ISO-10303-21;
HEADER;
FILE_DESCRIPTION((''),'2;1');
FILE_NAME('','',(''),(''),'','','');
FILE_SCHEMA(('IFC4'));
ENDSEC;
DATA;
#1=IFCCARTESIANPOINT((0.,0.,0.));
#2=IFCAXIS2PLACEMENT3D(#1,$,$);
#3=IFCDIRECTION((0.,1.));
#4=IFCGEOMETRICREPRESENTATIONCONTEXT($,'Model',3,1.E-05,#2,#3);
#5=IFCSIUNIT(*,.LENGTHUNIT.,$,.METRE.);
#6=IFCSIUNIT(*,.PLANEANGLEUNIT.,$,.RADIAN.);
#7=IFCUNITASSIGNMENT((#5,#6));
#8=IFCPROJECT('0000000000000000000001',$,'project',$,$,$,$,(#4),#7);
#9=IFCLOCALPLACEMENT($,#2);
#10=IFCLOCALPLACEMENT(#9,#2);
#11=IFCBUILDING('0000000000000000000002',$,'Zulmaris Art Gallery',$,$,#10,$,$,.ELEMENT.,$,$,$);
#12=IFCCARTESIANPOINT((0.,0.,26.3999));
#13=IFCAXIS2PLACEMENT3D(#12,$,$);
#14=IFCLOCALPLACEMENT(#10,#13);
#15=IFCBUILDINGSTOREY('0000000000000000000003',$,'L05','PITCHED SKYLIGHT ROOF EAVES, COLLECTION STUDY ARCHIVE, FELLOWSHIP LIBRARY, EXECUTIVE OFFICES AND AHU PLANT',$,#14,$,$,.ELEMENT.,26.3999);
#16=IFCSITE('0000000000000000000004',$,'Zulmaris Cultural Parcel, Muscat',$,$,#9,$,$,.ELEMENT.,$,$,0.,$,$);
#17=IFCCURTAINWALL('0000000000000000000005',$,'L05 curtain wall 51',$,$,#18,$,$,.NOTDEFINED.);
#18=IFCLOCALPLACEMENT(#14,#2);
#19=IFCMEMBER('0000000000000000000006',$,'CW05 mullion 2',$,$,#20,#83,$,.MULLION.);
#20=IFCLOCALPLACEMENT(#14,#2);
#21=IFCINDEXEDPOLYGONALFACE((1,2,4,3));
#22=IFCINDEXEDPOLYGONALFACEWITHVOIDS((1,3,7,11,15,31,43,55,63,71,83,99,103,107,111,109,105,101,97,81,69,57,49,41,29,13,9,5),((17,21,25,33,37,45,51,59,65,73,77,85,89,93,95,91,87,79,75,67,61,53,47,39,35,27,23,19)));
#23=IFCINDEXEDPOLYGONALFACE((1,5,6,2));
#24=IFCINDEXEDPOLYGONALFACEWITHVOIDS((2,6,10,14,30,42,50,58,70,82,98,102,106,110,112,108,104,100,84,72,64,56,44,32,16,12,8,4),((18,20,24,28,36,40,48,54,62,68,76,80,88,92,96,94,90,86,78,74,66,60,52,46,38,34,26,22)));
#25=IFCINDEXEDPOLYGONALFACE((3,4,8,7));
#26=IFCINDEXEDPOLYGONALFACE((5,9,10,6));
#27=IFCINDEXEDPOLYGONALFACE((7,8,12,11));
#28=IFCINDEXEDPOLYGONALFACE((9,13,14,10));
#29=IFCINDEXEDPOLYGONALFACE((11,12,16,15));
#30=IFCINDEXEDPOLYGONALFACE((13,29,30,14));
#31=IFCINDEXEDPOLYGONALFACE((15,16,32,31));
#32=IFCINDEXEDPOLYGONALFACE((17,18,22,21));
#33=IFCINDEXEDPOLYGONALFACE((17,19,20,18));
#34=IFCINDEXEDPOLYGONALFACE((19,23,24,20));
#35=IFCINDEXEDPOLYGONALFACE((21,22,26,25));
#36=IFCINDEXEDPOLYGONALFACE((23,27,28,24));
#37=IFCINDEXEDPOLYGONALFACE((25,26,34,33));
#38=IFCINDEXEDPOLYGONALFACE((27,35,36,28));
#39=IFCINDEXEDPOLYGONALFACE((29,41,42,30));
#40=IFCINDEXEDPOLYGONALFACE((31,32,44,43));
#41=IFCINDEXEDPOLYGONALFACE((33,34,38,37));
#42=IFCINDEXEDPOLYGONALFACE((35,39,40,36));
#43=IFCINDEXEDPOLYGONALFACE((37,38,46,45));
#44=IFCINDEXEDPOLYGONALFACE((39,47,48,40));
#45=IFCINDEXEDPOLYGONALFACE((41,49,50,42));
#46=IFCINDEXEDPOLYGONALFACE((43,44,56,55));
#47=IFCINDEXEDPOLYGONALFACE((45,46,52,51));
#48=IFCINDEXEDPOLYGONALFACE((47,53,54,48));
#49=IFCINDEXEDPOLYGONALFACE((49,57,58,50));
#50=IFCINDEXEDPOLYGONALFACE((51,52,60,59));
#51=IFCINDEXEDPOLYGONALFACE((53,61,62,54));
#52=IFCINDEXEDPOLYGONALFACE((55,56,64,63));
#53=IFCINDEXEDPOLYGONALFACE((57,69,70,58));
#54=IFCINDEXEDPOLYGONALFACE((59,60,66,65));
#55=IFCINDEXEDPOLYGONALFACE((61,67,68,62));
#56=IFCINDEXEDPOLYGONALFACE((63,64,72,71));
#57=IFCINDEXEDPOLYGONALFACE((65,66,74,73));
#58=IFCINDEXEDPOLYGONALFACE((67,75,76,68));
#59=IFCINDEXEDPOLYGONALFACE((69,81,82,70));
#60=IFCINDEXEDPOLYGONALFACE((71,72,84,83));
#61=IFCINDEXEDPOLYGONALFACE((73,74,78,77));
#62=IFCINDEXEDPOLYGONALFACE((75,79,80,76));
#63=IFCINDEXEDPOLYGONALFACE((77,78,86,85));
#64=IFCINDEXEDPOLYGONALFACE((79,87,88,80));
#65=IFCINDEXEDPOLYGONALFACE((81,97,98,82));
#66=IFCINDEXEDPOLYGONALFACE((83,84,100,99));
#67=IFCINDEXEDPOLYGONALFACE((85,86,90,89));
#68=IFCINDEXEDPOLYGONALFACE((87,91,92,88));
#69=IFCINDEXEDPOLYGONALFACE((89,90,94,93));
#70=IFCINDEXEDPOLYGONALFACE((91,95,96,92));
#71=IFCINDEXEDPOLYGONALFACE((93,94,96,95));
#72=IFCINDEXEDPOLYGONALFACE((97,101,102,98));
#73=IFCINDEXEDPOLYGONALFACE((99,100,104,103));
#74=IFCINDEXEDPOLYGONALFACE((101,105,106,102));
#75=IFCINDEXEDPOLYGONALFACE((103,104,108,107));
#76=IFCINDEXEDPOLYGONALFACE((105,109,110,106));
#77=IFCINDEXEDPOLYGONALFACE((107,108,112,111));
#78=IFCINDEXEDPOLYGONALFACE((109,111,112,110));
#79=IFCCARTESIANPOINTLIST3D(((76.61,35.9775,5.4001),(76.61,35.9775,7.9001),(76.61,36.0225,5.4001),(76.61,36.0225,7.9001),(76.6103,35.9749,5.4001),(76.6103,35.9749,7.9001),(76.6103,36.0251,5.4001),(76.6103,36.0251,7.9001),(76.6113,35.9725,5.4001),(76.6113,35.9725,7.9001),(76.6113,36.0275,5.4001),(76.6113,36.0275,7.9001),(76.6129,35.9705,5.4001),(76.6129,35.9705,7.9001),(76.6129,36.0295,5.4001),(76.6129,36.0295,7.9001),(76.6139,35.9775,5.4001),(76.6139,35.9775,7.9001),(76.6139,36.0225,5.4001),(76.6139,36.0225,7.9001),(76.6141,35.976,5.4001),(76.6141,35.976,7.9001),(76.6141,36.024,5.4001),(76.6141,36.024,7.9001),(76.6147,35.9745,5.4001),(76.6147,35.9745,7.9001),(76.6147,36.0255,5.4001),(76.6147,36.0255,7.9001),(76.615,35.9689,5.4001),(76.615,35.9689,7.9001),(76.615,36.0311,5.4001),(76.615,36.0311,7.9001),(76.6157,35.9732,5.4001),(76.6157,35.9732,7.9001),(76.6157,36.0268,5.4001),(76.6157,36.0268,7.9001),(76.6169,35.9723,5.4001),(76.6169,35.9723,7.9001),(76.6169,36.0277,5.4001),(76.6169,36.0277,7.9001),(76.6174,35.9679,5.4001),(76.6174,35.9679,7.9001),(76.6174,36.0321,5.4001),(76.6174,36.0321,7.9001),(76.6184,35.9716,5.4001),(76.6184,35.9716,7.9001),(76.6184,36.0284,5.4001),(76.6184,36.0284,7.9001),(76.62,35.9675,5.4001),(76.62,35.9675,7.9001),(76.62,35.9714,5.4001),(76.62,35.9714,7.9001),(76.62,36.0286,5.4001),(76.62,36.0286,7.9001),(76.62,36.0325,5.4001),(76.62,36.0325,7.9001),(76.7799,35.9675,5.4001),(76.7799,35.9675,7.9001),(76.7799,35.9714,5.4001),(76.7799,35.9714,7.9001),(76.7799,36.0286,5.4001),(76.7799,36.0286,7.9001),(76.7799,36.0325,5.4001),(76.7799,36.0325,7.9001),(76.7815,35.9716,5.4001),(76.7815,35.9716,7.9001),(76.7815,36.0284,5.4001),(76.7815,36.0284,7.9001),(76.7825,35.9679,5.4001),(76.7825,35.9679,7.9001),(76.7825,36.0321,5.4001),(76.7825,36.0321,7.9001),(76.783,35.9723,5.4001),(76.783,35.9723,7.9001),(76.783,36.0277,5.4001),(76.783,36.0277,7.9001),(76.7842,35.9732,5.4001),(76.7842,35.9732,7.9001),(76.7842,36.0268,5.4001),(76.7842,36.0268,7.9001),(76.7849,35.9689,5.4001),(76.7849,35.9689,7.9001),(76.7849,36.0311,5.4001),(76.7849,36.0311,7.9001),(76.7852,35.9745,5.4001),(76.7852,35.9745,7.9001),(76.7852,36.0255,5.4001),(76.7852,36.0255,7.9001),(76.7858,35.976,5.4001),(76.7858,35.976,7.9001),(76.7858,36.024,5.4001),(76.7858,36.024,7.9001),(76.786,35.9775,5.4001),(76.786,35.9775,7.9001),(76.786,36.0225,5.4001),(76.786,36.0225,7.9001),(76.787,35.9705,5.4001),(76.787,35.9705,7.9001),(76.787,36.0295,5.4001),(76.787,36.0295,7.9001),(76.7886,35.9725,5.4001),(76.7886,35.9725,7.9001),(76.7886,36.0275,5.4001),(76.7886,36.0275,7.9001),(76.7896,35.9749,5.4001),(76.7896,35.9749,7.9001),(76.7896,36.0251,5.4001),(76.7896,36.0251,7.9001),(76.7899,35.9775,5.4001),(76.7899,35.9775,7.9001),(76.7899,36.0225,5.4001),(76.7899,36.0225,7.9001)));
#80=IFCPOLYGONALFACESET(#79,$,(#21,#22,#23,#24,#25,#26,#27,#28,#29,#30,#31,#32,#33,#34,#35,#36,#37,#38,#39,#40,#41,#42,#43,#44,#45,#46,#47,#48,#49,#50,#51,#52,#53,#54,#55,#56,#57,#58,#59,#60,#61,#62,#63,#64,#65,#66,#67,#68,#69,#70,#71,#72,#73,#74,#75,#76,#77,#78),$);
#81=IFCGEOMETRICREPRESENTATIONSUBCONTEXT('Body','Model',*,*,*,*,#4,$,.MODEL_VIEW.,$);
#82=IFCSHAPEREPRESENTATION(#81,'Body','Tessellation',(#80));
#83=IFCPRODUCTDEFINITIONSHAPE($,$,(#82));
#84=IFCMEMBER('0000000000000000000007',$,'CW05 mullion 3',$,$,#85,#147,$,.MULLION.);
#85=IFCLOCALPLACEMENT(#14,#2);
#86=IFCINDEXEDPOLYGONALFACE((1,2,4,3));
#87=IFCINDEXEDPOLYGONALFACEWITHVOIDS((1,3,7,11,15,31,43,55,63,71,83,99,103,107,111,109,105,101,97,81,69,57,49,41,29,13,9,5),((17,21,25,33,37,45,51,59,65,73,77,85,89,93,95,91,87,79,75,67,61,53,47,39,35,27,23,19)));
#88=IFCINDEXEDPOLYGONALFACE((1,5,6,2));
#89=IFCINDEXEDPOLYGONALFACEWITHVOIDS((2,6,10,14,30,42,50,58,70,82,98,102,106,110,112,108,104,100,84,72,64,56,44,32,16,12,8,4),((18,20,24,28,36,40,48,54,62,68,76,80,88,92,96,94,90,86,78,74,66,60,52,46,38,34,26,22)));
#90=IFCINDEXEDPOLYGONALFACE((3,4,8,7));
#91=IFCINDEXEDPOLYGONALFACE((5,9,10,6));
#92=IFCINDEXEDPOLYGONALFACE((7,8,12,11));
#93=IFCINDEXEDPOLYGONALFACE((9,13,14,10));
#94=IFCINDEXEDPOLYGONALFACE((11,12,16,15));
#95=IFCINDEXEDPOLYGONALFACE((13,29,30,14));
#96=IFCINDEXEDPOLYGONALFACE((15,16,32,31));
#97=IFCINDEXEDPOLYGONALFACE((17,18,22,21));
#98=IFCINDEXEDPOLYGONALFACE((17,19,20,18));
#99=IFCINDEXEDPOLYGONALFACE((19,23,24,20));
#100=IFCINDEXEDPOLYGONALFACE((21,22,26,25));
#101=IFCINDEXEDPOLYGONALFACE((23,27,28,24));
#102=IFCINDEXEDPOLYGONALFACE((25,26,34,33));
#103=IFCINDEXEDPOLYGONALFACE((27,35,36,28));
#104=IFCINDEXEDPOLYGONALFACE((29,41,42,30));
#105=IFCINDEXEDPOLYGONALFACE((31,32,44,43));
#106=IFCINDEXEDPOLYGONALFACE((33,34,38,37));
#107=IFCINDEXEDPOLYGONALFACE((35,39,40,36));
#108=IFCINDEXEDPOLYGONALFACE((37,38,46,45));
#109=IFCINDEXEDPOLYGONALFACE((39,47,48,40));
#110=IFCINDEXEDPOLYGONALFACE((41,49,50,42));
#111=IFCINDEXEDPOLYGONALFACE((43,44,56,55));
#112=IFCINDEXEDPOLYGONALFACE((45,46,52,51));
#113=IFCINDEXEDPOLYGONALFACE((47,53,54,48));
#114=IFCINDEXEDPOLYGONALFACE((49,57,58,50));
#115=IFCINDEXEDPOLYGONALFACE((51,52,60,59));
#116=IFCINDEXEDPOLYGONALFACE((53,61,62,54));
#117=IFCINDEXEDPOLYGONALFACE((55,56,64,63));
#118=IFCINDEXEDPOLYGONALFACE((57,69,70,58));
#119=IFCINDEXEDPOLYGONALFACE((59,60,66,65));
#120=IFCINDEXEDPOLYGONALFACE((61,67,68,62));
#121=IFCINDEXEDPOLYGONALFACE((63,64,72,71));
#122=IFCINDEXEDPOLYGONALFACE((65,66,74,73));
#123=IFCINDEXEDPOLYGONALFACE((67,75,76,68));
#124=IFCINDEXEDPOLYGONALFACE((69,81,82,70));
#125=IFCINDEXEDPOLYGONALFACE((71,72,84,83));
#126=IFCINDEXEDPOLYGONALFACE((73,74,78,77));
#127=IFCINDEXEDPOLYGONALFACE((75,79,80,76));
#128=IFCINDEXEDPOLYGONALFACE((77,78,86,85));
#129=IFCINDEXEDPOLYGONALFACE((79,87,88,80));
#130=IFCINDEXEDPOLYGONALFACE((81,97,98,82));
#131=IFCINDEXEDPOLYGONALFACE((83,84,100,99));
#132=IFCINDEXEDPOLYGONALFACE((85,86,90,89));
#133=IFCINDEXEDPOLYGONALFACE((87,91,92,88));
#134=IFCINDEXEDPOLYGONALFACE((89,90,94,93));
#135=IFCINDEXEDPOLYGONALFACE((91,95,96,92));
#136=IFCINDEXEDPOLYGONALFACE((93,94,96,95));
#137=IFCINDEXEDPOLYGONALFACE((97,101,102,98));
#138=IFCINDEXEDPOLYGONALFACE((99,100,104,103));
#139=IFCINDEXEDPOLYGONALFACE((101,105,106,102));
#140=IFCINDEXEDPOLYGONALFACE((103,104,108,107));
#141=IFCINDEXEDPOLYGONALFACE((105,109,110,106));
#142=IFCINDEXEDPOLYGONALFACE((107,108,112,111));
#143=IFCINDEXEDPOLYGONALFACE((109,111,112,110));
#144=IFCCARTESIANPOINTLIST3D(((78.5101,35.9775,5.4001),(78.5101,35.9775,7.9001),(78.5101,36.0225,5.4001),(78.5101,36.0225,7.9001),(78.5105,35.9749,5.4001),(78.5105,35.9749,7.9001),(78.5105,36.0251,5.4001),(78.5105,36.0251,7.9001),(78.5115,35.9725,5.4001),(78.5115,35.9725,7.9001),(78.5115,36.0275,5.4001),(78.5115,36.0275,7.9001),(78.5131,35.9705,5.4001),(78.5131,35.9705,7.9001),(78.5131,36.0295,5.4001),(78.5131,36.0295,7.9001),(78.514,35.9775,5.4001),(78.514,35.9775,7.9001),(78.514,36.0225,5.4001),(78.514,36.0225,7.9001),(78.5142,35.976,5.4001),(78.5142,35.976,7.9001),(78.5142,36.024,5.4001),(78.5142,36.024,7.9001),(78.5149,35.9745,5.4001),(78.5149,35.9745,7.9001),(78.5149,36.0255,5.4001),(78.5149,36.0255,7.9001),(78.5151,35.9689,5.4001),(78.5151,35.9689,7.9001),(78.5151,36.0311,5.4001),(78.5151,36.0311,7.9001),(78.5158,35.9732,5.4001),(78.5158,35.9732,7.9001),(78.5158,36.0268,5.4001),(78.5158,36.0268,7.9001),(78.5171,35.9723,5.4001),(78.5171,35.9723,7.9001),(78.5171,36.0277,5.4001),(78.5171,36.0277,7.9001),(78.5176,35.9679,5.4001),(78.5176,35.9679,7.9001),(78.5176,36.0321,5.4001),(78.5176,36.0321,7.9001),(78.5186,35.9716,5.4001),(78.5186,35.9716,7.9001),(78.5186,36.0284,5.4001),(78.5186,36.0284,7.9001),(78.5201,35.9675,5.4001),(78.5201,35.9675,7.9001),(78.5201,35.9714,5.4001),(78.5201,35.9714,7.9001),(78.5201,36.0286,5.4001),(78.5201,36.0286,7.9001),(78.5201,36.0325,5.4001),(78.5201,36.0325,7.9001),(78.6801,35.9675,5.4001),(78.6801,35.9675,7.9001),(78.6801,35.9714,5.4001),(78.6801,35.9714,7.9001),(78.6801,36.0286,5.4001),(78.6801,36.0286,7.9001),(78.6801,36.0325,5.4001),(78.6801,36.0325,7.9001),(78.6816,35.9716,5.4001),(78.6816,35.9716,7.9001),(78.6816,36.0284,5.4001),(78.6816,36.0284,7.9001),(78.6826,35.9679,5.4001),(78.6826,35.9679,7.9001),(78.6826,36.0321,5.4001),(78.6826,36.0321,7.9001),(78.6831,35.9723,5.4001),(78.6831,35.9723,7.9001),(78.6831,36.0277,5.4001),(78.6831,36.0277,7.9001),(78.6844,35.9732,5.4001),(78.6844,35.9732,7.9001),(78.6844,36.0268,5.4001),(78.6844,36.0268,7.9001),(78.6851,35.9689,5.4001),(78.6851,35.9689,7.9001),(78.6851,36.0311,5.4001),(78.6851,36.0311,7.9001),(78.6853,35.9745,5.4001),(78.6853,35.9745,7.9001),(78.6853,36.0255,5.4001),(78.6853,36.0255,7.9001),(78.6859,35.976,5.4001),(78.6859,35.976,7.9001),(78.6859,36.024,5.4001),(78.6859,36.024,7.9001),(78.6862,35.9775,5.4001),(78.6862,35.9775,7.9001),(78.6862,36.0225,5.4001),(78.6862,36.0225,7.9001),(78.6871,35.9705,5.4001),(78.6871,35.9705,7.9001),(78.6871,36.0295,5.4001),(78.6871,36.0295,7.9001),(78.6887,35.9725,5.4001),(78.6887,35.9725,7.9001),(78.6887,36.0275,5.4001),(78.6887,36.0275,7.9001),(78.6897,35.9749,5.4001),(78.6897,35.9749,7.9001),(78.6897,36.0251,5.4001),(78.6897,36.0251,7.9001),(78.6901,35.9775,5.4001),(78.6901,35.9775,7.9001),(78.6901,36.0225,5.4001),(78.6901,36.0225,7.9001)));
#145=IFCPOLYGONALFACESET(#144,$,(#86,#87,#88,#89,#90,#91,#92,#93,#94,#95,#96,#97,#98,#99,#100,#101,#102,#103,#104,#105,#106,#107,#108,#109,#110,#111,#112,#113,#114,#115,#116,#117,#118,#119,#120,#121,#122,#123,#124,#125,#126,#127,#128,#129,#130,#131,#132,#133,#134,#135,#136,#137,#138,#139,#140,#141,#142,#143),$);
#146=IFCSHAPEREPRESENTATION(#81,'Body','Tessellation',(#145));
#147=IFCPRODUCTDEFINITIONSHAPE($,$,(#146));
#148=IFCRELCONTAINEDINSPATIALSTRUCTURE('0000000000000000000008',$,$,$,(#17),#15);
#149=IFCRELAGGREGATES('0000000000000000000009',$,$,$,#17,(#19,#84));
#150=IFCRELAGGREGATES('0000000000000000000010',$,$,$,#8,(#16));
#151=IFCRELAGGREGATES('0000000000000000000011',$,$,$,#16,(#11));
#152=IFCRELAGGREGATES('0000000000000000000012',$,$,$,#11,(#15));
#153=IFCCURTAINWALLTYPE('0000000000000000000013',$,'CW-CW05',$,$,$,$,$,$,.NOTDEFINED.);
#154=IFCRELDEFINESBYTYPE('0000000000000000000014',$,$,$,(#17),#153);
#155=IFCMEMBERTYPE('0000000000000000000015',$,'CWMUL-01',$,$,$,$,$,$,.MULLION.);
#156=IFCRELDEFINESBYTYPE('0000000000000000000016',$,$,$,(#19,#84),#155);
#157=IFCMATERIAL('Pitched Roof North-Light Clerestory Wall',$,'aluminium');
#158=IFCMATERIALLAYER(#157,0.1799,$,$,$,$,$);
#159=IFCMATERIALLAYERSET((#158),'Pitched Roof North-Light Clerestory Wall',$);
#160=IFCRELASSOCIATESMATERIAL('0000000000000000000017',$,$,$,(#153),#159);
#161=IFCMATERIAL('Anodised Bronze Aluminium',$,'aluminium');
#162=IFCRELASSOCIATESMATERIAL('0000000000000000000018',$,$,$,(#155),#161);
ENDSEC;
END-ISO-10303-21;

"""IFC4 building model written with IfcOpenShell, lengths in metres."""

from ifc_helpers import new_model, si_unit, direction, frame, origin, origin_2d, place, context, subcontext, project, spatial, hollow_rectangle, extrude, material, layer, layer_set, material_profile, profile_set, type_object, element, aggregate, save


model = new_model("IFC4")

# Units and contexts
model_context = context("Model", 3, precision=1e-05, world=origin(), true_north=direction((0.0, 1.0)))
body_context = subcontext(model_context, "Body", "Model", "MODEL_VIEW")
ifc_project = project(units=[si_unit("LENGTHUNIT", "METRE"), si_unit("PLANEANGLEUNIT", "RADIAN")], contexts=[model_context])

# Site, building, storey
site_placement = place(None, origin())
site = spatial("IfcSite", under=ifc_project, at=site_placement, Name="Zulmaris Cultural Parcel, Muscat", CompositionType="ELEMENT", RefElevation=0.0)
building_placement = place(site_placement, origin())
building = spatial("IfcBuilding", under=site, at=building_placement, Name="Zulmaris Art Gallery", CompositionType="ELEMENT")
storey_placement = place(building_placement, frame((0.0, 0.0, 26.3999)))
storey = spatial("IfcBuildingStorey", under=building, at=storey_placement, Name="L05", Description="PITCHED SKYLIGHT ROOF EAVES, COLLECTION STUDY ARCHIVE, FELLOWSHIP LIBRARY, EXECUTIVE OFFICES AND AHU PLANT", CompositionType="ELEMENT", Elevation=26.3999)

# Shared definitions
ifc_material_1 = material(Name="Pitched Roof North-Light Clerestory Wall", Category="aluminium")
ifc_layer_1 = layer(ifc_material_1, 0.1799)
ifc_layer_set_1 = layer_set([ifc_layer_1], Name="Pitched Roof North-Light Clerestory Wall")
curtain_wall_type = type_object("IfcCurtainWallType", Name="CW-CW05", PredefinedType="NOTDEFINED", material=ifc_layer_set_1)
ifc_material_2 = material(Name="Anodised Bronze Aluminium", Category="aluminium")
ifc_material_profile_1 = material_profile(ifc_material_2, hollow_rectangle(XDim=0.0649, YDim=0.1799, WallThickness=0.0039, InnerFilletRadius=0.0061, OuterFilletRadius=0.01, at=origin_2d()), Name="ALU 65x180x4")
ifc_profile_set_1 = profile_set([ifc_material_profile_1], Name="Anodised Bronze Aluminium")
member_type_1 = type_object("IfcMemberType", Name="CWMUL-01", PredefinedType="MULLION", material=ifc_profile_set_1)

# Curtain wall, members
curtain_wall_1_placement = place(storey_placement, origin())
curtain_wall_1 = element("IfcCurtainWall", 1, at=curtain_wall_1_placement, inside=storey, type_object=curtain_wall_type, Name="L05 curtain wall 51", PredefinedType="NOTDEFINED")
member_1_placement = place(storey_placement, frame((76.7, 36.0, 5.4001), z_axis=(0.0, 0.0, 1.0), x_axis=(0.0, 1.0, 0.0)))
member_1 = element("IfcMember", 2, at=member_1_placement, type_object=member_type_1, Name="CW05 mullion 2", PredefinedType="MULLION", context=body_context, shape_type="SweptSolid", body=[
    extrude(hollow_rectangle(XDim=0.0649, YDim=0.1799, WallThickness=0.0039, InnerFilletRadius=0.0061, OuterFilletRadius=0.01, at=origin_2d()), origin(), (0.0, 0.0, 1.0), 2.5),
])
member_2_placement = place(storey_placement, frame((78.6001, 36.0, 5.4001), z_axis=(0.0, 0.0, 1.0), x_axis=(0.0, 1.0, 0.0)))
member_2 = element("IfcMember", 3, at=member_2_placement, type_object=member_type_1, Name="CW05 mullion 3", PredefinedType="MULLION", context=body_context, shape_type="SweptSolid", body=[
    extrude(hollow_rectangle(XDim=0.0649, YDim=0.1799, WallThickness=0.0039, InnerFilletRadius=0.0061, OuterFilletRadius=0.01, at=origin_2d()), origin(), (0.0, 0.0, 1.0), 2.5),
])

aggregate(curtain_wall_1, [member_1, member_2])

save(model, "model.ifc")
